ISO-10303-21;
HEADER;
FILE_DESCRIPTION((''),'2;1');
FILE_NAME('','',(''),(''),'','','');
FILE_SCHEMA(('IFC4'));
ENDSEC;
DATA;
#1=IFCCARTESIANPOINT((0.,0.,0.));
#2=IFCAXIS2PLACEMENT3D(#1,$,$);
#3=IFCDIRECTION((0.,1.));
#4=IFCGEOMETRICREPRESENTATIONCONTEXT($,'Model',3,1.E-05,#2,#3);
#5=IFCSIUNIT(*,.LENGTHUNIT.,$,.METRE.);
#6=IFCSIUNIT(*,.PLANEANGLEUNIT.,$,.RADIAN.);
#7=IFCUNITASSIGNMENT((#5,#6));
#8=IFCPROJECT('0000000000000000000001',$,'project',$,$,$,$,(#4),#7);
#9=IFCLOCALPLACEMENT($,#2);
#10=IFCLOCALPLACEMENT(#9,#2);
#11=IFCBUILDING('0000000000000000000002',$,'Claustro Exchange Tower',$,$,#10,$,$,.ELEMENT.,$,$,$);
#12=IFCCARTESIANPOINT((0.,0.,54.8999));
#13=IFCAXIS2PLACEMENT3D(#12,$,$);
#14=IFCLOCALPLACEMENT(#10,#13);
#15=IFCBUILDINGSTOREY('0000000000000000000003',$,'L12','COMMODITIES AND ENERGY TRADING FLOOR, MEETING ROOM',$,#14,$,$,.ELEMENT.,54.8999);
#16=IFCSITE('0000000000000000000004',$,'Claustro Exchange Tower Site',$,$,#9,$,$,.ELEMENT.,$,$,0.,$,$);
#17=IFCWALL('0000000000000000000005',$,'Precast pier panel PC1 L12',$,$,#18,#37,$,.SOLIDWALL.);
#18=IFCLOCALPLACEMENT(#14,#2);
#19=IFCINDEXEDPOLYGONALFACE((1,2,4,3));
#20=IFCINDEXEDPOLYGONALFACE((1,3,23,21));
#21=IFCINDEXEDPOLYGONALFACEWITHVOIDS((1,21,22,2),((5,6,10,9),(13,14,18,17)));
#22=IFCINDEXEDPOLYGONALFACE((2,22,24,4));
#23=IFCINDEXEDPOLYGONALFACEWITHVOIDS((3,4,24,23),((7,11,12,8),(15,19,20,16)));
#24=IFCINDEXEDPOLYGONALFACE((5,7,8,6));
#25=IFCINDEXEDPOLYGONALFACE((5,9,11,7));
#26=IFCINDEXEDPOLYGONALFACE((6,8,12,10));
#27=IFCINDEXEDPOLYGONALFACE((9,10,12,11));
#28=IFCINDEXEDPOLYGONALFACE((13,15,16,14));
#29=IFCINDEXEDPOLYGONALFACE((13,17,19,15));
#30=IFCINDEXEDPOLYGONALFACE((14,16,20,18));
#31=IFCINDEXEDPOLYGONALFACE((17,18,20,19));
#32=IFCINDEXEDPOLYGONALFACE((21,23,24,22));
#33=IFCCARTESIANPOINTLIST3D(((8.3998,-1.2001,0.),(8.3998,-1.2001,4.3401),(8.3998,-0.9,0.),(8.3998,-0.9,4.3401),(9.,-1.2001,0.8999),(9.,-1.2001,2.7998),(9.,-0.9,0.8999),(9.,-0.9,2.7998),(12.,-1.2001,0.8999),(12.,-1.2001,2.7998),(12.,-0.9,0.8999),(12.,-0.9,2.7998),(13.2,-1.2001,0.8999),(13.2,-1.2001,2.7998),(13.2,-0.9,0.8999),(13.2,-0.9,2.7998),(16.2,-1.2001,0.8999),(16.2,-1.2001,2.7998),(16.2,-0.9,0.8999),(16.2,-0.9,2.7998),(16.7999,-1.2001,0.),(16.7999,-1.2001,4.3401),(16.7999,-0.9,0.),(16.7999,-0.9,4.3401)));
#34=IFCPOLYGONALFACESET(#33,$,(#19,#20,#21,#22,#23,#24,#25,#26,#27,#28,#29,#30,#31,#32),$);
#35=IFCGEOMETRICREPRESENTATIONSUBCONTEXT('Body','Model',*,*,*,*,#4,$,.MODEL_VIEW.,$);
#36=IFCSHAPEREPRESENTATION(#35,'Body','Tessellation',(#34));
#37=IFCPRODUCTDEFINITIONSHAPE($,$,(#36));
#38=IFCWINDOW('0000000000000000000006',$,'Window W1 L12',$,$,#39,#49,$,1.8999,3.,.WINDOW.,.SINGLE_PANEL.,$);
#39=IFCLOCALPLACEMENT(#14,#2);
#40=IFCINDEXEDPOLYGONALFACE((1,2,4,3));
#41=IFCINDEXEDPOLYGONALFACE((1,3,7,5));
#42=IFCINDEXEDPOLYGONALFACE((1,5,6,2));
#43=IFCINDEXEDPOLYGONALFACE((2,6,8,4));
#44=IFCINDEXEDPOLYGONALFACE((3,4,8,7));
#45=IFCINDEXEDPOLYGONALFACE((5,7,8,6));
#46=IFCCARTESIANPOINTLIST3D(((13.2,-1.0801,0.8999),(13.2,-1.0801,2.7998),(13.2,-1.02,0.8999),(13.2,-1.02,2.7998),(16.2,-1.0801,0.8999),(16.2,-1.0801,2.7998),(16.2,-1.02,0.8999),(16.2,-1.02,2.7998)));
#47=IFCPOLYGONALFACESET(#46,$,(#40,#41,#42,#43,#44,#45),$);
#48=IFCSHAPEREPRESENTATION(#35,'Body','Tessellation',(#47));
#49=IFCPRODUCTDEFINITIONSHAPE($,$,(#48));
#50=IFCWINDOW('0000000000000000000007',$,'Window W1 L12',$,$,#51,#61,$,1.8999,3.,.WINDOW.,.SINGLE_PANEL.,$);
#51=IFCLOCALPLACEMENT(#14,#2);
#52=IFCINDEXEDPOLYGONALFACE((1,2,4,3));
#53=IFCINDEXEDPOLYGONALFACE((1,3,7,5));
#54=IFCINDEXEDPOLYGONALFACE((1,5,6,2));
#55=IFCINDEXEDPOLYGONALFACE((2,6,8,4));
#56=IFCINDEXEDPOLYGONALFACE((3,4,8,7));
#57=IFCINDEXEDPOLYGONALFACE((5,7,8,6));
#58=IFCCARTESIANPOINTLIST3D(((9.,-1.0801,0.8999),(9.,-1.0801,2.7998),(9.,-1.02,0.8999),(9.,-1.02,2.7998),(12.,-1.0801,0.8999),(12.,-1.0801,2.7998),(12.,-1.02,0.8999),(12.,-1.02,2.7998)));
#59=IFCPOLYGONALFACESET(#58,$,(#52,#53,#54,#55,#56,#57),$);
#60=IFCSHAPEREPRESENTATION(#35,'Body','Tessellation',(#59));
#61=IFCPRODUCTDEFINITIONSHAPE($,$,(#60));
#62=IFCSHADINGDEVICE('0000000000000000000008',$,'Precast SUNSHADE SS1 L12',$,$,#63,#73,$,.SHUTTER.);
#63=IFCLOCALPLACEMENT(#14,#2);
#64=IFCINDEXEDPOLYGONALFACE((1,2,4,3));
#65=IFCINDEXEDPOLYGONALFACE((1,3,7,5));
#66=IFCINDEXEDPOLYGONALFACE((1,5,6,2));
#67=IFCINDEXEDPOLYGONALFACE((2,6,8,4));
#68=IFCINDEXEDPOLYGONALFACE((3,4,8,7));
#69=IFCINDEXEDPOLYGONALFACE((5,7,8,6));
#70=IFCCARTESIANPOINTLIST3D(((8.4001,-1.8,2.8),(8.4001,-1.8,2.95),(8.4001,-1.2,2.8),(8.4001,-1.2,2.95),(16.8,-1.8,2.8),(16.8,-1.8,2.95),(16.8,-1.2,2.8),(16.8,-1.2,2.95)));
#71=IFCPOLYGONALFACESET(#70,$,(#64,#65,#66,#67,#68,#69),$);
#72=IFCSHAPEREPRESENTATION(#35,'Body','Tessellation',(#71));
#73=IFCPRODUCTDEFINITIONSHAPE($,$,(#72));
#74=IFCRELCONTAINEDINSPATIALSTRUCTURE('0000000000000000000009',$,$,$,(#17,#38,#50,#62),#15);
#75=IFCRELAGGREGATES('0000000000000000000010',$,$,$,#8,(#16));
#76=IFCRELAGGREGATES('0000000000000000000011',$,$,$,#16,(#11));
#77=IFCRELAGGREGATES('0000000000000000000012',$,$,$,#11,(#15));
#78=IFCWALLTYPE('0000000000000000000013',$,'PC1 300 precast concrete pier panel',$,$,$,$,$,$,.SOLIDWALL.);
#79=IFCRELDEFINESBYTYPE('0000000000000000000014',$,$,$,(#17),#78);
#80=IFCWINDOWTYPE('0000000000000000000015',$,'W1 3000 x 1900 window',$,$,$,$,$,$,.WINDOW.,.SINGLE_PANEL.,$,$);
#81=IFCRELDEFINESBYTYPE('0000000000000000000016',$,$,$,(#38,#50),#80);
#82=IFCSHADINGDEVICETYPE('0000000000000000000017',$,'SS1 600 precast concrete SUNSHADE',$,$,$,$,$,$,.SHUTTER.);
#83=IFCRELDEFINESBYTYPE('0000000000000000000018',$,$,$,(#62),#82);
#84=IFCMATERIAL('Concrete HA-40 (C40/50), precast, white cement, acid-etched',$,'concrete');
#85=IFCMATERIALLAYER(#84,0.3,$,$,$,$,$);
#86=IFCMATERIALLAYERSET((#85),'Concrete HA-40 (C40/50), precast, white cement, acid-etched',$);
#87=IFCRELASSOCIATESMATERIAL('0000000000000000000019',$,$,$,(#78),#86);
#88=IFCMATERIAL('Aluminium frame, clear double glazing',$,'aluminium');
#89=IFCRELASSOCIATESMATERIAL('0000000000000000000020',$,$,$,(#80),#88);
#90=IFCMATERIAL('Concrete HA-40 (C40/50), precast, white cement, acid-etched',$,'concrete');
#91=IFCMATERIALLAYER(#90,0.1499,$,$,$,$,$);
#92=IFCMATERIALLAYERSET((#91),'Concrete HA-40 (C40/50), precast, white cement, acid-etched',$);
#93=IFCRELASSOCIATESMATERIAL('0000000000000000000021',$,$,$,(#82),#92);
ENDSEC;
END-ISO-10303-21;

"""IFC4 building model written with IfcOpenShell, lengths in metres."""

from ifc_helpers import new_model, si_unit, direction, frame, frame_2d, origin, origin_2d, place, context, subcontext, project, spatial, rectangle, extrude, material, layer, layer_set, type_object, element, fill, save


model = new_model("IFC4")

# Units and contexts
model_context = context("Model", 3, precision=1e-05, world=origin(), true_north=direction((0.0, 1.0)))
body_context = subcontext(model_context, "Body", "Model", "MODEL_VIEW")
ifc_project = project(units=[si_unit("LENGTHUNIT", "METRE"), si_unit("PLANEANGLEUNIT", "RADIAN")], contexts=[model_context])

# Site, building, storey
site_placement = place(None, origin())
site = spatial("IfcSite", under=ifc_project, at=site_placement, Name="Claustro Exchange Tower Site", CompositionType="ELEMENT", RefElevation=0.0)
building_placement = place(site_placement, origin())
building = spatial("IfcBuilding", under=site, at=building_placement, Name="Claustro Exchange Tower", CompositionType="ELEMENT")
storey_placement = place(building_placement, frame((0.0, 0.0, 54.8999)))
storey = spatial("IfcBuildingStorey", under=building, at=storey_placement, Name="L12", Description="COMMODITIES AND ENERGY TRADING FLOOR, MEETING ROOM", CompositionType="ELEMENT", Elevation=54.8999)

# Wall, openings, windows
ifc_material_1 = material(Name="Concrete HA-40 (C40/50), precast, white cement, acid-etched", Category="concrete")
ifc_layer_1 = layer(ifc_material_1, 0.3)
ifc_layer_set_1 = layer_set([ifc_layer_1], Name="Concrete HA-40 (C40/50), precast, white cement, acid-etched")
wall_type_1 = type_object("IfcWallType", Name="PC1 300 precast concrete pier panel", PredefinedType="SOLIDWALL", material=ifc_layer_set_1)
wall_1_placement = place(storey_placement, frame((16.8, -1.05, 0.0), z_axis=(0.0, 0.0, 1.0), x_axis=(-1.0, 0.0, 0.0)))
wall_1 = element("IfcWall", 1, at=wall_1_placement, inside=storey, type_object=wall_type_1, Name="Precast pier panel PC1 L12", PredefinedType="SOLIDWALL", context=body_context, shape_type="SweptSolid", body=[
    extrude(rectangle(XDim=8.4001, YDim=0.3, at=frame_2d((4.2002, 0.0))), origin(), (0.0, 0.0, 1.0), 4.3401),
])
opening_1_placement = place(wall_1_placement, frame((0.6001, 0.0, 0.8999)))
opening_1 = element("IfcOpeningElement", 2, at=opening_1_placement, cuts=wall_1, PredefinedType="OPENING", context=body_context, shape_type="SweptSolid", body=[
    extrude(rectangle(XDim=3.0, YDim=1.8999, at=frame_2d((1.5, 0.95))), frame((0.0, 0.1599, 0.0), z_axis=(0.0, -1.0, 0.0), x_axis=(1.0, 0.0, 0.0)), (0.0, 0.0, 1.0), 0.3201),
])
opening_2_placement = place(wall_1_placement, frame((4.8, 0.0, 0.8999)))
opening_2 = element("IfcOpeningElement", 3, at=opening_2_placement, cuts=wall_1, PredefinedType="OPENING", context=body_context, shape_type="SweptSolid", body=[
    extrude(rectangle(XDim=3.0, YDim=1.8999, at=frame_2d((1.5, 0.95))), frame((0.0, 0.1599, 0.0), z_axis=(0.0, -1.0, 0.0), x_axis=(1.0, 0.0, 0.0)), (0.0, 0.0, 1.0), 0.3201),
])
ifc_material_2 = material(Name="Aluminium frame, clear double glazing", Category="aluminium")
window_type = type_object("IfcWindowType", Name="W1 3000 x 1900 window", PartitioningType="SINGLE_PANEL", PredefinedType="WINDOW", material=ifc_material_2)
window_1_placement = place(opening_1_placement, origin())
window_1 = element("IfcWindow", 4, at=window_1_placement, inside=storey, type_object=window_type, Name="Window W1 L12", OverallHeight=1.8999, OverallWidth=3.0, PartitioningType="SINGLE_PANEL", PredefinedType="WINDOW", context=body_context, shape_type="SweptSolid", body=[
    extrude(rectangle(XDim=3.0, YDim=1.8999, at=frame_2d((1.5, 0.95))), frame((0.0, 0.03, 0.0), z_axis=(0.0, -1.0, 0.0), x_axis=(1.0, 0.0, 0.0)), (0.0, 0.0, 1.0), 0.0601),
])
fill(opening_1, window_1)
window_2_placement = place(opening_2_placement, origin())
window_2 = element("IfcWindow", 5, at=window_2_placement, inside=storey, type_object=window_type, Name="Window W1 L12", OverallHeight=1.8999, OverallWidth=3.0, PartitioningType="SINGLE_PANEL", PredefinedType="WINDOW", context=body_context, shape_type="SweptSolid", body=[
    extrude(rectangle(XDim=3.0, YDim=1.8999, at=frame_2d((1.5, 0.95))), frame((0.0, 0.03, 0.0), z_axis=(0.0, -1.0, 0.0), x_axis=(1.0, 0.0, 0.0)), (0.0, 0.0, 1.0), 0.0601),
])
fill(opening_2, window_2)

# Shading device
ifc_material_3 = material(Name="Concrete HA-40 (C40/50), precast, white cement, acid-etched", Category="concrete")
ifc_layer_2 = layer(ifc_material_3, 0.1499)
ifc_layer_set_2 = layer_set([ifc_layer_2], Name="Concrete HA-40 (C40/50), precast, white cement, acid-etched")
shading_device_type = type_object("IfcShadingDeviceType", Name="SS1 600 precast concrete SUNSHADE", PredefinedType="SHUTTER", material=ifc_layer_set_2)
shading_device_placement = place(storey_placement, frame((12.6001, -1.5, 2.8), z_axis=(0.0, 0.0, 1.0), x_axis=(-1.0, 0.0, 0.0)))
element("IfcShadingDevice", 6, at=shading_device_placement, inside=storey, type_object=shading_device_type, Name="Precast SUNSHADE SS1 L12", PredefinedType="SHUTTER", context=body_context, shape_type="SweptSolid", body=[
    extrude(rectangle(XDim=8.3999, YDim=0.6001, at=origin_2d()), origin(), (0.0, 0.0, 1.0), 0.1499),
])

save(model, "model.ifc")
